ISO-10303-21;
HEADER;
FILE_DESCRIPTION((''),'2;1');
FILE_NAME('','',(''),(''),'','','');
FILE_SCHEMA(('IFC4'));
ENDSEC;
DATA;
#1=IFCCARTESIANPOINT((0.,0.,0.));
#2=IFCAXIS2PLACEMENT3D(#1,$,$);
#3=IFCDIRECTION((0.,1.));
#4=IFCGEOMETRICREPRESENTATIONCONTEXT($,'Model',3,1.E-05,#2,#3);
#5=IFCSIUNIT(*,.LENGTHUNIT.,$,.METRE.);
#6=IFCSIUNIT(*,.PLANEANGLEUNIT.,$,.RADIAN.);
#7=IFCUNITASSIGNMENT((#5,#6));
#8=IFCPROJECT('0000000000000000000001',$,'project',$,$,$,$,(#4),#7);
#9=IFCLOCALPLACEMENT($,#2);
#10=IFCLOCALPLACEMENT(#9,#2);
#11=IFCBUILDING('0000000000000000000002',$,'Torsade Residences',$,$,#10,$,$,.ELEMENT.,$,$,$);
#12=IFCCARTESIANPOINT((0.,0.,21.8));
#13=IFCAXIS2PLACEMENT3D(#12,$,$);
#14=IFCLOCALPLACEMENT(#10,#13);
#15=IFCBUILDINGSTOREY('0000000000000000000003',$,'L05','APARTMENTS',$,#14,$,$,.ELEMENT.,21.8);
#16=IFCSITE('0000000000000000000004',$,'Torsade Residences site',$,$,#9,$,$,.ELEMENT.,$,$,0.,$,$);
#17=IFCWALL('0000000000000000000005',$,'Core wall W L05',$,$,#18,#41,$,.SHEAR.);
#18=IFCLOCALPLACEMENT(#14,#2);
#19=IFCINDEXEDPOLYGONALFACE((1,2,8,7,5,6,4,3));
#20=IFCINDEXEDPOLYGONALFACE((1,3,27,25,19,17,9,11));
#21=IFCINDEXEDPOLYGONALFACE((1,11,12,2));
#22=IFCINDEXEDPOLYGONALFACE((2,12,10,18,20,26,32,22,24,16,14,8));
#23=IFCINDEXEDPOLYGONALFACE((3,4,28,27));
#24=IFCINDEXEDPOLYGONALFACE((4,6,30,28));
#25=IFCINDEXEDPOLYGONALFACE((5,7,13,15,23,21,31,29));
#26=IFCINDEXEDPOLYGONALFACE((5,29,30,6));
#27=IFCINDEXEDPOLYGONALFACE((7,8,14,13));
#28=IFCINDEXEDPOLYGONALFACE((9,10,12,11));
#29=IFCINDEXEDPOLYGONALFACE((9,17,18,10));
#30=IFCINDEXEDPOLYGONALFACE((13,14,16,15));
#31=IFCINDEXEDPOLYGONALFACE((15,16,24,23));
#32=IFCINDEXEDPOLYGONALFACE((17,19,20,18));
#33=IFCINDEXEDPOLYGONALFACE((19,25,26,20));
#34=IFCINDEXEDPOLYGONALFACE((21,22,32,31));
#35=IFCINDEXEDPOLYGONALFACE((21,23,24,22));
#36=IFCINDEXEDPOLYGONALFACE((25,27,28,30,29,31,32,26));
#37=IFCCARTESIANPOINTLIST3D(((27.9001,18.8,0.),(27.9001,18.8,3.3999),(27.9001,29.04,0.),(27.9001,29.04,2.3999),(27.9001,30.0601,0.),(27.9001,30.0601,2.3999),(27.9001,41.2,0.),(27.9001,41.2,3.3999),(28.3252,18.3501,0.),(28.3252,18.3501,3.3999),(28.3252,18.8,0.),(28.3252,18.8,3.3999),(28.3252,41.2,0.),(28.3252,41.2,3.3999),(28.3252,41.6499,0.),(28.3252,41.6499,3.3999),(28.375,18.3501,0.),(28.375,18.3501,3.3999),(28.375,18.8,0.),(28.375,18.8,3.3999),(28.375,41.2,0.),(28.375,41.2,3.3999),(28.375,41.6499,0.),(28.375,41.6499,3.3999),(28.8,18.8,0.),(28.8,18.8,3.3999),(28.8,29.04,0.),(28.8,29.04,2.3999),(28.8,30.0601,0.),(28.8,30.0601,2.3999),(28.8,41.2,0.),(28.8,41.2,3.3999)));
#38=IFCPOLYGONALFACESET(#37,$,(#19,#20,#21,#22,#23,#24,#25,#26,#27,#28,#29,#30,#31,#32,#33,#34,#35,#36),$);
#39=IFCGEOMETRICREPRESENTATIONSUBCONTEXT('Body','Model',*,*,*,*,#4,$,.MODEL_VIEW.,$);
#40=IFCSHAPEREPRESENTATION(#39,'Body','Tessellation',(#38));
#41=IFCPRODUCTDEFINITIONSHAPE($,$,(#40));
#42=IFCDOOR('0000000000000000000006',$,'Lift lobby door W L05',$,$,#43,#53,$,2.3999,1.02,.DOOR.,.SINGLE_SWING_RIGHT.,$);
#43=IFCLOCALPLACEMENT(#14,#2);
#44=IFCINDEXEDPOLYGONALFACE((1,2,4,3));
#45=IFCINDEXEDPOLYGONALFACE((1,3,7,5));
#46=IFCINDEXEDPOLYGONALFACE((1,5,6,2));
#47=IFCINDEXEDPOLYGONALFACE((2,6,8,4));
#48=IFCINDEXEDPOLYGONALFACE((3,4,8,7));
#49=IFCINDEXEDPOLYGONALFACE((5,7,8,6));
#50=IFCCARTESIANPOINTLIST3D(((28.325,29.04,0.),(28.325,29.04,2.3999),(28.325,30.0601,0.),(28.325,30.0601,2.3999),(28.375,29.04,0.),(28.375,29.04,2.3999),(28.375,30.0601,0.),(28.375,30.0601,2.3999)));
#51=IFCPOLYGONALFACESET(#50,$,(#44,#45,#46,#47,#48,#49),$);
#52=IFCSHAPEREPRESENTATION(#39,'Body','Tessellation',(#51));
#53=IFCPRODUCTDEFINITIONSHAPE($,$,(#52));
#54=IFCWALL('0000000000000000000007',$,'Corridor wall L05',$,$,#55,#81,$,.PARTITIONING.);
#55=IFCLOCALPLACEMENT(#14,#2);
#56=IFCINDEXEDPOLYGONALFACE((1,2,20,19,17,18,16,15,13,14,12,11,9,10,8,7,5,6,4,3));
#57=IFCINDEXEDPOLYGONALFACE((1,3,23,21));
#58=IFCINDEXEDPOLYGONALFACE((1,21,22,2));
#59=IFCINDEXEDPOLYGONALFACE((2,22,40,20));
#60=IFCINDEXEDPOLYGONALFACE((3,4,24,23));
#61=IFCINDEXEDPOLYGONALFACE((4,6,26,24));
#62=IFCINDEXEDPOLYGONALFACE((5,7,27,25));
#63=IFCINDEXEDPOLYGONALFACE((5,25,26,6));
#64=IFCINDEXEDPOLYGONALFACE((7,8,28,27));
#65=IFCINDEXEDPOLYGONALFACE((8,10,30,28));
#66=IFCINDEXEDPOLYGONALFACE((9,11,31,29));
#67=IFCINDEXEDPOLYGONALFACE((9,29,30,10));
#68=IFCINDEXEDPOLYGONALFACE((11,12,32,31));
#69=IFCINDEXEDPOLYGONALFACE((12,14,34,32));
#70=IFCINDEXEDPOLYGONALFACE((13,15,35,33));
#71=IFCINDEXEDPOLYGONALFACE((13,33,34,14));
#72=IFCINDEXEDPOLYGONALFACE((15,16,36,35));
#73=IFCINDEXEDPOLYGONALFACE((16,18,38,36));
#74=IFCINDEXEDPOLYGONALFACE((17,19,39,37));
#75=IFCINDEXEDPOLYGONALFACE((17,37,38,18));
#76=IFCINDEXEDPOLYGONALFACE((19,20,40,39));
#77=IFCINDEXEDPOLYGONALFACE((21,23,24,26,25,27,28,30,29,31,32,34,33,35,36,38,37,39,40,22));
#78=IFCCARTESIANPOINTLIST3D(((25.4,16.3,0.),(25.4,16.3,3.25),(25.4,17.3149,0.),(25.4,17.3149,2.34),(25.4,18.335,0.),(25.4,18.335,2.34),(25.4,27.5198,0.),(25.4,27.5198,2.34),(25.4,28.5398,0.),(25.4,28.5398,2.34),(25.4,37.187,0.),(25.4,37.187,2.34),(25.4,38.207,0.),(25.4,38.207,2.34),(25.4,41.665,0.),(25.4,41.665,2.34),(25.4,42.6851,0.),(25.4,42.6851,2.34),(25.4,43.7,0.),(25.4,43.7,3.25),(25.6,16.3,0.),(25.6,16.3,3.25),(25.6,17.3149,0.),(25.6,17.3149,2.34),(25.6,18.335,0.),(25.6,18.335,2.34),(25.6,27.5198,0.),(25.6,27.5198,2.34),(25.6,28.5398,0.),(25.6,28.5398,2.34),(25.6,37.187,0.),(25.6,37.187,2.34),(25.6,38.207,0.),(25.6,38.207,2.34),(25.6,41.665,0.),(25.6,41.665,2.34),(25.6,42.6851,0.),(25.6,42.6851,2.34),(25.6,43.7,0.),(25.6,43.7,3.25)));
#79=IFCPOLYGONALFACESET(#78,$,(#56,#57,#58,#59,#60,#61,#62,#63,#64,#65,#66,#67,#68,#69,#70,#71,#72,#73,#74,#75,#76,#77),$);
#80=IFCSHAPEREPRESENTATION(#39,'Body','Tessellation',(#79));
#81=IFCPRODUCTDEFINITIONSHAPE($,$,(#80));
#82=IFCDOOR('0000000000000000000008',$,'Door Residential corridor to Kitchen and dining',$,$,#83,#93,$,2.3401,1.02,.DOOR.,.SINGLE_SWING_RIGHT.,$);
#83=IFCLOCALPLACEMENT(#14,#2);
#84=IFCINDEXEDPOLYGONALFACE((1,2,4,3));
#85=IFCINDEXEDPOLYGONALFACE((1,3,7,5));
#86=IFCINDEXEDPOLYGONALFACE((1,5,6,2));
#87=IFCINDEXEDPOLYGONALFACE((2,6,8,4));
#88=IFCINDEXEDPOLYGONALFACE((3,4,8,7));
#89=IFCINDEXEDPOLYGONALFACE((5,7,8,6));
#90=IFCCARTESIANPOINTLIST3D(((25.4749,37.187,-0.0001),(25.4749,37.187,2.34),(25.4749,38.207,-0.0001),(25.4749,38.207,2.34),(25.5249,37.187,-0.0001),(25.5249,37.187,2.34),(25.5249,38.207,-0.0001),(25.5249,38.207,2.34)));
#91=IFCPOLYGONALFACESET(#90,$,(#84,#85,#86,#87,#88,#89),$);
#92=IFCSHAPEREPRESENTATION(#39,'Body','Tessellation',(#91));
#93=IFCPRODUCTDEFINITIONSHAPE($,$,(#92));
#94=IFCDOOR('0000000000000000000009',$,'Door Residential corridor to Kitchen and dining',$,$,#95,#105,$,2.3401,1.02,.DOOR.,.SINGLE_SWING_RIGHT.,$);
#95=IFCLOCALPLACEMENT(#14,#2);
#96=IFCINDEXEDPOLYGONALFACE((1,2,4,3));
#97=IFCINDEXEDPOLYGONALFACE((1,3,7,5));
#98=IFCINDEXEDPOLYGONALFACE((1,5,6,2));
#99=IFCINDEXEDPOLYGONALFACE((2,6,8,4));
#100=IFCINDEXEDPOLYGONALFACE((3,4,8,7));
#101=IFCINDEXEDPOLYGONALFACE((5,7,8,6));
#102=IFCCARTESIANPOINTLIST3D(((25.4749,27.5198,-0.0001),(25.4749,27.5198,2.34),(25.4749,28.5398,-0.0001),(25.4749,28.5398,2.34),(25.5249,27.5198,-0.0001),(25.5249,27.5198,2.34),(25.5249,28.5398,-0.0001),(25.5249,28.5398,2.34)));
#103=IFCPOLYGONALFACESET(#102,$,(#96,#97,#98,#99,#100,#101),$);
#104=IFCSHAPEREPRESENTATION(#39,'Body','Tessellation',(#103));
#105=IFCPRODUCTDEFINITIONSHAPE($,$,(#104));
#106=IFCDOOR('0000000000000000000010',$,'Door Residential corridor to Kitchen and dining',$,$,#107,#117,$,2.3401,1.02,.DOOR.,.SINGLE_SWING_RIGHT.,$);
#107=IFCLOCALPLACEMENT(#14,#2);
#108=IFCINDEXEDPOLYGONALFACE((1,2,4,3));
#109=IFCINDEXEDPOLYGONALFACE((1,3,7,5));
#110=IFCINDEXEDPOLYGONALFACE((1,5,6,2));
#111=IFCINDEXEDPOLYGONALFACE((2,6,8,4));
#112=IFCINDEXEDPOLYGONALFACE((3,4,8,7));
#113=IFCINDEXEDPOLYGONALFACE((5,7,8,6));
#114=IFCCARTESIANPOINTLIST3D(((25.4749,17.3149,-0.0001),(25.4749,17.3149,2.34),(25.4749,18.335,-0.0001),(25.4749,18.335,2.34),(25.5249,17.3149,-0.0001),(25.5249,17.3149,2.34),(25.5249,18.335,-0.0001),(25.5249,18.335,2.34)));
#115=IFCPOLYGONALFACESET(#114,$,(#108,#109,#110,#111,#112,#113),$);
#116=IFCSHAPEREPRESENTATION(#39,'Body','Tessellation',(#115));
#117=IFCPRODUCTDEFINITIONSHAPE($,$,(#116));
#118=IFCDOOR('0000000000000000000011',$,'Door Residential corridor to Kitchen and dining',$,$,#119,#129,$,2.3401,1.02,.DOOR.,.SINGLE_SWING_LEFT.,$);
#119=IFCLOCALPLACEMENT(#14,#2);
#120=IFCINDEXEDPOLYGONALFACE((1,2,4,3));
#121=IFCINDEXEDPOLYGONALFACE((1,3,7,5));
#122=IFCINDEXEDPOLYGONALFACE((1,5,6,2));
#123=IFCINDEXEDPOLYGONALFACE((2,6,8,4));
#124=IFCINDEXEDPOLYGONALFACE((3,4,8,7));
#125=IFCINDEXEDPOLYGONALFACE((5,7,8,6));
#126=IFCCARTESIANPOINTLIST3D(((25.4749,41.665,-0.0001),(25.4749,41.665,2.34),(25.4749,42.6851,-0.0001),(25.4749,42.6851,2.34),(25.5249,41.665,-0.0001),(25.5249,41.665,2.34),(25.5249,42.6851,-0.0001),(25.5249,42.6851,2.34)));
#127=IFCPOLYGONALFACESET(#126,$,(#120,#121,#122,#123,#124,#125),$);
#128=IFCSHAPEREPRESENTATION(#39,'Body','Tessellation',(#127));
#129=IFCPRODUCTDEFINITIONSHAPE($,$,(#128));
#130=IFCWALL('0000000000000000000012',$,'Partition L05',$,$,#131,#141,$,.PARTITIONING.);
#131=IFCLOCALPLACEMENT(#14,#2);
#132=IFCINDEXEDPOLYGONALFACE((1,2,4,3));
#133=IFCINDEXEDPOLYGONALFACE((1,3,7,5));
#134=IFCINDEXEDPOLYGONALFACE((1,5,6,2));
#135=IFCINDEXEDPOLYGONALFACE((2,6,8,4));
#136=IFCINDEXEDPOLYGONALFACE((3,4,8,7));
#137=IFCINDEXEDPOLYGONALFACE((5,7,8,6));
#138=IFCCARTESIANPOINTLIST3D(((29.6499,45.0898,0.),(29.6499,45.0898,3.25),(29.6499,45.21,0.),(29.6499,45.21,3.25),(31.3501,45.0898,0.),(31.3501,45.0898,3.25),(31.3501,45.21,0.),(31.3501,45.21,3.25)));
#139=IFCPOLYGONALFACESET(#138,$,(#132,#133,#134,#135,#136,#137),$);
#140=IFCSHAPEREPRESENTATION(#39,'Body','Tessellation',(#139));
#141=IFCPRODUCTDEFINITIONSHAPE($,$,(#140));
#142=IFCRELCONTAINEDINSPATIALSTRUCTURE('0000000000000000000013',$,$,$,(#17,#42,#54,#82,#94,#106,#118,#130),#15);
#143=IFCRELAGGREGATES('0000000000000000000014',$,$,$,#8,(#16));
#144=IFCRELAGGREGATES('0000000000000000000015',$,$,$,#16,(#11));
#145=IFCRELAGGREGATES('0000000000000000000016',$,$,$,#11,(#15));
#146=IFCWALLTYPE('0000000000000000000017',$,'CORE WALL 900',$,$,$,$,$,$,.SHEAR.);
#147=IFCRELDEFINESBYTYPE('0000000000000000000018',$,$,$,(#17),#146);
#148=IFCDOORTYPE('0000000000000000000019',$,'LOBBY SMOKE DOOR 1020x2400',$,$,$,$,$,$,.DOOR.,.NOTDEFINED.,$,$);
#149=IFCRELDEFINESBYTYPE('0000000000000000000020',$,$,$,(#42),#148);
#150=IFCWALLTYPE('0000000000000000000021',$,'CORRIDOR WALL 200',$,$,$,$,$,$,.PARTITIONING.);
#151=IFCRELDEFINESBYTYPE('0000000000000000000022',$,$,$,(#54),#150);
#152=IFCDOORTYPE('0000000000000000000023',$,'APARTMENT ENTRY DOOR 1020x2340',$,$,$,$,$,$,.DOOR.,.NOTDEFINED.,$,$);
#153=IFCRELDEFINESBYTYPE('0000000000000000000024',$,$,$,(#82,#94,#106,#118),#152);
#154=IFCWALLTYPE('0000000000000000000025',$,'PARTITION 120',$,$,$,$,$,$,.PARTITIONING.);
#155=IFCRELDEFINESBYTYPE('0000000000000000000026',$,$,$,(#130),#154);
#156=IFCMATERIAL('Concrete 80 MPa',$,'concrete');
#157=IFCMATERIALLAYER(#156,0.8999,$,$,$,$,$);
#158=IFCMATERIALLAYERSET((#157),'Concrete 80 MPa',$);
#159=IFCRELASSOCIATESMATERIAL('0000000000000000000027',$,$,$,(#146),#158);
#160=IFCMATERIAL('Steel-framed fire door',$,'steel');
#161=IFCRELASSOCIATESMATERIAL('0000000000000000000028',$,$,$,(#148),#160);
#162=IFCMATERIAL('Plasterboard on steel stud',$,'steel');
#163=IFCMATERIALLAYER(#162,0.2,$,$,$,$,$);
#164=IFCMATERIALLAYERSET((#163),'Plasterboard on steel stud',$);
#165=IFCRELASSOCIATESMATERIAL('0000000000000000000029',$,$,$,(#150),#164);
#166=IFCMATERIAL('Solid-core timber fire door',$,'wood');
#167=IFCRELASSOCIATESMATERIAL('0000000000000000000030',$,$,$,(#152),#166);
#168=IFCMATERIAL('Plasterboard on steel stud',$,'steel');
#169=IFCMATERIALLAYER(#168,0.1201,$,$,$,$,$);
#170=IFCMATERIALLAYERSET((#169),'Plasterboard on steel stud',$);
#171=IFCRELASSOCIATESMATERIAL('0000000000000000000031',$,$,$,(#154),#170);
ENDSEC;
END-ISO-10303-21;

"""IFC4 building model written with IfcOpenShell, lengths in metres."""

from ifc_helpers import new_model, si_unit, direction, frame, frame_2d, origin, place, context, subcontext, project, spatial, polyline, rectangle, outline, extrude, material, layer, layer_set, type_object, element, fill, save


model = new_model("IFC4")

# Units and contexts
model_context = context("Model", 3, precision=1e-05, world=origin(), true_north=direction((0.0, 1.0)))
body_context = subcontext(model_context, "Body", "Model", "MODEL_VIEW")
ifc_project = project(units=[si_unit("LENGTHUNIT", "METRE"), si_unit("PLANEANGLEUNIT", "RADIAN")], contexts=[model_context])

# Site, building, storey
site_placement = place(None, origin())
site = spatial("IfcSite", under=ifc_project, at=site_placement, Name="Torsade Residences site", CompositionType="ELEMENT", RefElevation=0.0)
building_placement = place(site_placement, origin())
building = spatial("IfcBuilding", under=site, at=building_placement, Name="Torsade Residences", CompositionType="ELEMENT")
storey_placement = place(building_placement, frame((0.0, 0.0, 21.8)))
storey = spatial("IfcBuildingStorey", under=building, at=storey_placement, Name="L05", Description="APARTMENTS", CompositionType="ELEMENT", Elevation=21.8)

# Shared definitions
ifc_material_1 = material(Name="Concrete 80 MPa", Category="concrete")
ifc_layer_1 = layer(ifc_material_1, 0.8999)
ifc_layer_set_1 = layer_set([ifc_layer_1], Name="Concrete 80 MPa")
wall_type_1 = type_object("IfcWallType", Name="CORE WALL 900", PredefinedType="SHEAR", material=ifc_layer_set_1)

# Wall, opening, door
wall_1_placement = place(storey_placement, frame((28.3501, 41.2, 0.0), z_axis=(0.0, 0.0, 1.0), x_axis=(0.0, -1.0, 0.0)))
wall_1 = element("IfcWall", 1, at=wall_1_placement, inside=storey, type_object=wall_type_1, Name="Core wall W L05", PredefinedType="SHEAR", context=body_context, shape_type="SweptSolid", body=[
    extrude(outline(polyline([(0.0, -0.45), (22.3999, -0.45), (22.3999, -0.0249), (22.8499, -0.0249), (22.8499, 0.0249), (22.3999, 0.0249), (22.3999, 0.45), (0.0, 0.45), (0.0, 0.0249), (-0.45, 0.0249), (-0.45, -0.0249), (0.0, -0.0249), (0.0, -0.45)])), origin(), (0.0, 0.0, 1.0), 3.3999),
])
opening_1_placement = place(wall_1_placement, frame((11.1399, 0.0, 0.0)))
opening_1 = element("IfcOpeningElement", 2, at=opening_1_placement, cuts=wall_1, PredefinedType="OPENING", context=body_context, shape_type="SweptSolid", body=[
    extrude(rectangle(XDim=1.02, YDim=2.3999, at=frame_2d((0.51, 1.2))), frame((0.0, 0.46, 0.0), z_axis=(0.0, -1.0, 0.0), x_axis=(1.0, 0.0, 0.0)), (0.0, 0.0, 1.0), 0.9199),
])
ifc_material_2 = material(Name="Steel-framed fire door", Category="steel")
door_type_1 = type_object("IfcDoorType", Name="LOBBY SMOKE DOOR 1020x2400", OperationType="NOTDEFINED", PredefinedType="DOOR", material=ifc_material_2)
door_1_placement = place(opening_1_placement, origin())
door_1 = element("IfcDoor", 3, at=door_1_placement, inside=storey, type_object=door_type_1, Name="Lift lobby door W L05", OperationType="SINGLE_SWING_RIGHT", OverallHeight=2.3999, OverallWidth=1.02, PredefinedType="DOOR", context=body_context, shape_type="SweptSolid", body=[
    extrude(rectangle(XDim=1.02, YDim=2.3999, at=frame_2d((0.51, 1.2))), frame((0.0, 0.0249, 0.0), z_axis=(0.0, -1.0, 0.0), x_axis=(1.0, 0.0, 0.0)), (0.0, 0.0, 1.0), 0.05),
])
fill(opening_1, door_1)

# Wall, openings, doors
ifc_material_3 = material(Name="Plasterboard on steel stud", Category="steel")
ifc_layer_2 = layer(ifc_material_3, 0.2)
ifc_layer_set_2 = layer_set([ifc_layer_2], Name="Plasterboard on steel stud")
wall_type_2 = type_object("IfcWallType", Name="CORRIDOR WALL 200", PredefinedType="PARTITIONING", material=ifc_layer_set_2)
wall_2_placement = place(storey_placement, frame((25.5, 43.7, 0.0), z_axis=(0.0, 0.0, 1.0), x_axis=(0.0, -1.0, 0.0)))
wall_2 = element("IfcWall", 4, at=wall_2_placement, inside=storey, type_object=wall_type_2, Name="Corridor wall L05", PredefinedType="PARTITIONING", context=body_context, shape_type="SweptSolid", body=[
    extrude(rectangle(XDim=27.3999, YDim=0.2, at=frame_2d((13.7, 0.0))), origin(), (0.0, 0.0, 1.0), 3.25),
])
opening_2_placement = place(wall_2_placement, frame((5.4929, 0.0, 0.0)))
opening_2 = element("IfcOpeningElement", 5, at=opening_2_placement, cuts=wall_2, PredefinedType="OPENING", context=body_context, shape_type="SweptSolid", body=[
    extrude(rectangle(XDim=1.02, YDim=2.3401, at=frame_2d((0.51, 1.1699))), frame((0.0, 0.1099, 0.0), z_axis=(0.0, -1.0, 0.0), x_axis=(1.0, 0.0, 0.0)), (0.0, 0.0, 1.0), 0.22),
])
opening_3_placement = place(wall_2_placement, frame((15.1602, 0.0, 0.0)))
opening_3 = element("IfcOpeningElement", 6, at=opening_3_placement, cuts=wall_2, PredefinedType="OPENING", context=body_context, shape_type="SweptSolid", body=[
    extrude(rectangle(XDim=1.02, YDim=2.3401, at=frame_2d((0.51, 1.1699))), frame((0.0, 0.1099, 0.0), z_axis=(0.0, -1.0, 0.0), x_axis=(1.0, 0.0, 0.0)), (0.0, 0.0, 1.0), 0.22),
])
opening_4_placement = place(wall_2_placement, frame((25.365, 0.0, 0.0)))
opening_4 = element("IfcOpeningElement", 7, at=opening_4_placement, cuts=wall_2, PredefinedType="OPENING", context=body_context, shape_type="SweptSolid", body=[
    extrude(rectangle(XDim=1.02, YDim=2.3401, at=frame_2d((0.51, 1.1699))), frame((0.0, 0.1099, 0.0), z_axis=(0.0, -1.0, 0.0), x_axis=(1.0, 0.0, 0.0)), (0.0, 0.0, 1.0), 0.22),
])
opening_5_placement = place(wall_2_placement, frame((1.0149, 0.0, 0.0)))
opening_5 = element("IfcOpeningElement", 8, at=opening_5_placement, cuts=wall_2, PredefinedType="OPENING", context=body_context, shape_type="SweptSolid", body=[
    extrude(rectangle(XDim=1.02, YDim=2.3401, at=frame_2d((0.51, 1.1699))), frame((0.0, 0.1099, 0.0), z_axis=(0.0, -1.0, 0.0), x_axis=(1.0, 0.0, 0.0)), (0.0, 0.0, 1.0), 0.22),
])
ifc_material_4 = material(Name="Solid-core timber fire door", Category="wood")
door_type_2 = type_object("IfcDoorType", Name="APARTMENT ENTRY DOOR 1020x2340", OperationType="NOTDEFINED", PredefinedType="DOOR", material=ifc_material_4)
door_2_placement = place(opening_2_placement, origin())
door_2 = element("IfcDoor", 9, at=door_2_placement, inside=storey, type_object=door_type_2, Name="Door Residential corridor to Kitchen and dining", OperationType="SINGLE_SWING_RIGHT", OverallHeight=2.3401, OverallWidth=1.02, PredefinedType="DOOR", context=body_context, shape_type="SweptSolid", body=[
    extrude(rectangle(XDim=1.02, YDim=2.3401, at=frame_2d((0.51, 1.1699))), frame((0.0, 0.0249, 0.0), z_axis=(0.0, -1.0, 0.0), x_axis=(1.0, 0.0, 0.0)), (0.0, 0.0, 1.0), 0.05),
])
fill(opening_2, door_2)
door_3_placement = place(opening_3_placement, origin())
door_3 = element("IfcDoor", 10, at=door_3_placement, inside=storey, type_object=door_type_2, Name="Door Residential corridor to Kitchen and dining", OperationType="SINGLE_SWING_RIGHT", OverallHeight=2.3401, OverallWidth=1.02, PredefinedType="DOOR", context=body_context, shape_type="SweptSolid", body=[
    extrude(rectangle(XDim=1.02, YDim=2.3401, at=frame_2d((0.51, 1.1699))), frame((0.0, 0.0249, 0.0), z_axis=(0.0, -1.0, 0.0), x_axis=(1.0, 0.0, 0.0)), (0.0, 0.0, 1.0), 0.05),
])
fill(opening_3, door_3)
door_4_placement = place(opening_4_placement, origin())
door_4 = element("IfcDoor", 11, at=door_4_placement, inside=storey, type_object=door_type_2, Name="Door Residential corridor to Kitchen and dining", OperationType="SINGLE_SWING_RIGHT", OverallHeight=2.3401, OverallWidth=1.02, PredefinedType="DOOR", context=body_context, shape_type="SweptSolid", body=[
    extrude(rectangle(XDim=1.02, YDim=2.3401, at=frame_2d((0.51, 1.1699))), frame((0.0, 0.0249, 0.0), z_axis=(0.0, -1.0, 0.0), x_axis=(1.0, 0.0, 0.0)), (0.0, 0.0, 1.0), 0.05),
])
fill(opening_4, door_4)
door_5_placement = place(opening_5_placement, origin())
door_5 = element("IfcDoor", 12, at=door_5_placement, inside=storey, type_object=door_type_2, Name="Door Residential corridor to Kitchen and dining", OperationType="SINGLE_SWING_LEFT", OverallHeight=2.3401, OverallWidth=1.02, PredefinedType="DOOR", context=body_context, shape_type="SweptSolid", body=[
    extrude(rectangle(XDim=1.02, YDim=2.3401, at=frame_2d((0.51, 1.1699))), frame((0.0, 0.0249, 0.0), z_axis=(0.0, -1.0, 0.0), x_axis=(1.0, 0.0, 0.0)), (0.0, 0.0, 1.0), 0.05),
])
fill(opening_5, door_5)

# Wall
ifc_material_5 = material(Name="Plasterboard on steel stud", Category="steel")
ifc_layer_3 = layer(ifc_material_5, 0.1201)
ifc_layer_set_3 = layer_set([ifc_layer_3], Name="Plasterboard on steel stud")
wall_type_3 = type_object("IfcWallType", Name="PARTITION 120", PredefinedType="PARTITIONING", material=ifc_layer_set_3)
wall_3_placement = place(storey_placement, frame((29.6499, 45.1499, 0.0), z_axis=(0.0, 0.0, 1.0), x_axis=(1.0, 0.0, 0.0)))
element("IfcWall", 13, at=wall_3_placement, inside=storey, type_object=wall_type_3, Name="Partition L05", PredefinedType="PARTITIONING", context=body_context, shape_type="SweptSolid", body=[
    extrude(rectangle(XDim=1.7002, YDim=0.1201, at=frame_2d((0.8501, 0.0))), origin(), (0.0, 0.0, 1.0), 3.25),
])

save(model, "model.ifc")
